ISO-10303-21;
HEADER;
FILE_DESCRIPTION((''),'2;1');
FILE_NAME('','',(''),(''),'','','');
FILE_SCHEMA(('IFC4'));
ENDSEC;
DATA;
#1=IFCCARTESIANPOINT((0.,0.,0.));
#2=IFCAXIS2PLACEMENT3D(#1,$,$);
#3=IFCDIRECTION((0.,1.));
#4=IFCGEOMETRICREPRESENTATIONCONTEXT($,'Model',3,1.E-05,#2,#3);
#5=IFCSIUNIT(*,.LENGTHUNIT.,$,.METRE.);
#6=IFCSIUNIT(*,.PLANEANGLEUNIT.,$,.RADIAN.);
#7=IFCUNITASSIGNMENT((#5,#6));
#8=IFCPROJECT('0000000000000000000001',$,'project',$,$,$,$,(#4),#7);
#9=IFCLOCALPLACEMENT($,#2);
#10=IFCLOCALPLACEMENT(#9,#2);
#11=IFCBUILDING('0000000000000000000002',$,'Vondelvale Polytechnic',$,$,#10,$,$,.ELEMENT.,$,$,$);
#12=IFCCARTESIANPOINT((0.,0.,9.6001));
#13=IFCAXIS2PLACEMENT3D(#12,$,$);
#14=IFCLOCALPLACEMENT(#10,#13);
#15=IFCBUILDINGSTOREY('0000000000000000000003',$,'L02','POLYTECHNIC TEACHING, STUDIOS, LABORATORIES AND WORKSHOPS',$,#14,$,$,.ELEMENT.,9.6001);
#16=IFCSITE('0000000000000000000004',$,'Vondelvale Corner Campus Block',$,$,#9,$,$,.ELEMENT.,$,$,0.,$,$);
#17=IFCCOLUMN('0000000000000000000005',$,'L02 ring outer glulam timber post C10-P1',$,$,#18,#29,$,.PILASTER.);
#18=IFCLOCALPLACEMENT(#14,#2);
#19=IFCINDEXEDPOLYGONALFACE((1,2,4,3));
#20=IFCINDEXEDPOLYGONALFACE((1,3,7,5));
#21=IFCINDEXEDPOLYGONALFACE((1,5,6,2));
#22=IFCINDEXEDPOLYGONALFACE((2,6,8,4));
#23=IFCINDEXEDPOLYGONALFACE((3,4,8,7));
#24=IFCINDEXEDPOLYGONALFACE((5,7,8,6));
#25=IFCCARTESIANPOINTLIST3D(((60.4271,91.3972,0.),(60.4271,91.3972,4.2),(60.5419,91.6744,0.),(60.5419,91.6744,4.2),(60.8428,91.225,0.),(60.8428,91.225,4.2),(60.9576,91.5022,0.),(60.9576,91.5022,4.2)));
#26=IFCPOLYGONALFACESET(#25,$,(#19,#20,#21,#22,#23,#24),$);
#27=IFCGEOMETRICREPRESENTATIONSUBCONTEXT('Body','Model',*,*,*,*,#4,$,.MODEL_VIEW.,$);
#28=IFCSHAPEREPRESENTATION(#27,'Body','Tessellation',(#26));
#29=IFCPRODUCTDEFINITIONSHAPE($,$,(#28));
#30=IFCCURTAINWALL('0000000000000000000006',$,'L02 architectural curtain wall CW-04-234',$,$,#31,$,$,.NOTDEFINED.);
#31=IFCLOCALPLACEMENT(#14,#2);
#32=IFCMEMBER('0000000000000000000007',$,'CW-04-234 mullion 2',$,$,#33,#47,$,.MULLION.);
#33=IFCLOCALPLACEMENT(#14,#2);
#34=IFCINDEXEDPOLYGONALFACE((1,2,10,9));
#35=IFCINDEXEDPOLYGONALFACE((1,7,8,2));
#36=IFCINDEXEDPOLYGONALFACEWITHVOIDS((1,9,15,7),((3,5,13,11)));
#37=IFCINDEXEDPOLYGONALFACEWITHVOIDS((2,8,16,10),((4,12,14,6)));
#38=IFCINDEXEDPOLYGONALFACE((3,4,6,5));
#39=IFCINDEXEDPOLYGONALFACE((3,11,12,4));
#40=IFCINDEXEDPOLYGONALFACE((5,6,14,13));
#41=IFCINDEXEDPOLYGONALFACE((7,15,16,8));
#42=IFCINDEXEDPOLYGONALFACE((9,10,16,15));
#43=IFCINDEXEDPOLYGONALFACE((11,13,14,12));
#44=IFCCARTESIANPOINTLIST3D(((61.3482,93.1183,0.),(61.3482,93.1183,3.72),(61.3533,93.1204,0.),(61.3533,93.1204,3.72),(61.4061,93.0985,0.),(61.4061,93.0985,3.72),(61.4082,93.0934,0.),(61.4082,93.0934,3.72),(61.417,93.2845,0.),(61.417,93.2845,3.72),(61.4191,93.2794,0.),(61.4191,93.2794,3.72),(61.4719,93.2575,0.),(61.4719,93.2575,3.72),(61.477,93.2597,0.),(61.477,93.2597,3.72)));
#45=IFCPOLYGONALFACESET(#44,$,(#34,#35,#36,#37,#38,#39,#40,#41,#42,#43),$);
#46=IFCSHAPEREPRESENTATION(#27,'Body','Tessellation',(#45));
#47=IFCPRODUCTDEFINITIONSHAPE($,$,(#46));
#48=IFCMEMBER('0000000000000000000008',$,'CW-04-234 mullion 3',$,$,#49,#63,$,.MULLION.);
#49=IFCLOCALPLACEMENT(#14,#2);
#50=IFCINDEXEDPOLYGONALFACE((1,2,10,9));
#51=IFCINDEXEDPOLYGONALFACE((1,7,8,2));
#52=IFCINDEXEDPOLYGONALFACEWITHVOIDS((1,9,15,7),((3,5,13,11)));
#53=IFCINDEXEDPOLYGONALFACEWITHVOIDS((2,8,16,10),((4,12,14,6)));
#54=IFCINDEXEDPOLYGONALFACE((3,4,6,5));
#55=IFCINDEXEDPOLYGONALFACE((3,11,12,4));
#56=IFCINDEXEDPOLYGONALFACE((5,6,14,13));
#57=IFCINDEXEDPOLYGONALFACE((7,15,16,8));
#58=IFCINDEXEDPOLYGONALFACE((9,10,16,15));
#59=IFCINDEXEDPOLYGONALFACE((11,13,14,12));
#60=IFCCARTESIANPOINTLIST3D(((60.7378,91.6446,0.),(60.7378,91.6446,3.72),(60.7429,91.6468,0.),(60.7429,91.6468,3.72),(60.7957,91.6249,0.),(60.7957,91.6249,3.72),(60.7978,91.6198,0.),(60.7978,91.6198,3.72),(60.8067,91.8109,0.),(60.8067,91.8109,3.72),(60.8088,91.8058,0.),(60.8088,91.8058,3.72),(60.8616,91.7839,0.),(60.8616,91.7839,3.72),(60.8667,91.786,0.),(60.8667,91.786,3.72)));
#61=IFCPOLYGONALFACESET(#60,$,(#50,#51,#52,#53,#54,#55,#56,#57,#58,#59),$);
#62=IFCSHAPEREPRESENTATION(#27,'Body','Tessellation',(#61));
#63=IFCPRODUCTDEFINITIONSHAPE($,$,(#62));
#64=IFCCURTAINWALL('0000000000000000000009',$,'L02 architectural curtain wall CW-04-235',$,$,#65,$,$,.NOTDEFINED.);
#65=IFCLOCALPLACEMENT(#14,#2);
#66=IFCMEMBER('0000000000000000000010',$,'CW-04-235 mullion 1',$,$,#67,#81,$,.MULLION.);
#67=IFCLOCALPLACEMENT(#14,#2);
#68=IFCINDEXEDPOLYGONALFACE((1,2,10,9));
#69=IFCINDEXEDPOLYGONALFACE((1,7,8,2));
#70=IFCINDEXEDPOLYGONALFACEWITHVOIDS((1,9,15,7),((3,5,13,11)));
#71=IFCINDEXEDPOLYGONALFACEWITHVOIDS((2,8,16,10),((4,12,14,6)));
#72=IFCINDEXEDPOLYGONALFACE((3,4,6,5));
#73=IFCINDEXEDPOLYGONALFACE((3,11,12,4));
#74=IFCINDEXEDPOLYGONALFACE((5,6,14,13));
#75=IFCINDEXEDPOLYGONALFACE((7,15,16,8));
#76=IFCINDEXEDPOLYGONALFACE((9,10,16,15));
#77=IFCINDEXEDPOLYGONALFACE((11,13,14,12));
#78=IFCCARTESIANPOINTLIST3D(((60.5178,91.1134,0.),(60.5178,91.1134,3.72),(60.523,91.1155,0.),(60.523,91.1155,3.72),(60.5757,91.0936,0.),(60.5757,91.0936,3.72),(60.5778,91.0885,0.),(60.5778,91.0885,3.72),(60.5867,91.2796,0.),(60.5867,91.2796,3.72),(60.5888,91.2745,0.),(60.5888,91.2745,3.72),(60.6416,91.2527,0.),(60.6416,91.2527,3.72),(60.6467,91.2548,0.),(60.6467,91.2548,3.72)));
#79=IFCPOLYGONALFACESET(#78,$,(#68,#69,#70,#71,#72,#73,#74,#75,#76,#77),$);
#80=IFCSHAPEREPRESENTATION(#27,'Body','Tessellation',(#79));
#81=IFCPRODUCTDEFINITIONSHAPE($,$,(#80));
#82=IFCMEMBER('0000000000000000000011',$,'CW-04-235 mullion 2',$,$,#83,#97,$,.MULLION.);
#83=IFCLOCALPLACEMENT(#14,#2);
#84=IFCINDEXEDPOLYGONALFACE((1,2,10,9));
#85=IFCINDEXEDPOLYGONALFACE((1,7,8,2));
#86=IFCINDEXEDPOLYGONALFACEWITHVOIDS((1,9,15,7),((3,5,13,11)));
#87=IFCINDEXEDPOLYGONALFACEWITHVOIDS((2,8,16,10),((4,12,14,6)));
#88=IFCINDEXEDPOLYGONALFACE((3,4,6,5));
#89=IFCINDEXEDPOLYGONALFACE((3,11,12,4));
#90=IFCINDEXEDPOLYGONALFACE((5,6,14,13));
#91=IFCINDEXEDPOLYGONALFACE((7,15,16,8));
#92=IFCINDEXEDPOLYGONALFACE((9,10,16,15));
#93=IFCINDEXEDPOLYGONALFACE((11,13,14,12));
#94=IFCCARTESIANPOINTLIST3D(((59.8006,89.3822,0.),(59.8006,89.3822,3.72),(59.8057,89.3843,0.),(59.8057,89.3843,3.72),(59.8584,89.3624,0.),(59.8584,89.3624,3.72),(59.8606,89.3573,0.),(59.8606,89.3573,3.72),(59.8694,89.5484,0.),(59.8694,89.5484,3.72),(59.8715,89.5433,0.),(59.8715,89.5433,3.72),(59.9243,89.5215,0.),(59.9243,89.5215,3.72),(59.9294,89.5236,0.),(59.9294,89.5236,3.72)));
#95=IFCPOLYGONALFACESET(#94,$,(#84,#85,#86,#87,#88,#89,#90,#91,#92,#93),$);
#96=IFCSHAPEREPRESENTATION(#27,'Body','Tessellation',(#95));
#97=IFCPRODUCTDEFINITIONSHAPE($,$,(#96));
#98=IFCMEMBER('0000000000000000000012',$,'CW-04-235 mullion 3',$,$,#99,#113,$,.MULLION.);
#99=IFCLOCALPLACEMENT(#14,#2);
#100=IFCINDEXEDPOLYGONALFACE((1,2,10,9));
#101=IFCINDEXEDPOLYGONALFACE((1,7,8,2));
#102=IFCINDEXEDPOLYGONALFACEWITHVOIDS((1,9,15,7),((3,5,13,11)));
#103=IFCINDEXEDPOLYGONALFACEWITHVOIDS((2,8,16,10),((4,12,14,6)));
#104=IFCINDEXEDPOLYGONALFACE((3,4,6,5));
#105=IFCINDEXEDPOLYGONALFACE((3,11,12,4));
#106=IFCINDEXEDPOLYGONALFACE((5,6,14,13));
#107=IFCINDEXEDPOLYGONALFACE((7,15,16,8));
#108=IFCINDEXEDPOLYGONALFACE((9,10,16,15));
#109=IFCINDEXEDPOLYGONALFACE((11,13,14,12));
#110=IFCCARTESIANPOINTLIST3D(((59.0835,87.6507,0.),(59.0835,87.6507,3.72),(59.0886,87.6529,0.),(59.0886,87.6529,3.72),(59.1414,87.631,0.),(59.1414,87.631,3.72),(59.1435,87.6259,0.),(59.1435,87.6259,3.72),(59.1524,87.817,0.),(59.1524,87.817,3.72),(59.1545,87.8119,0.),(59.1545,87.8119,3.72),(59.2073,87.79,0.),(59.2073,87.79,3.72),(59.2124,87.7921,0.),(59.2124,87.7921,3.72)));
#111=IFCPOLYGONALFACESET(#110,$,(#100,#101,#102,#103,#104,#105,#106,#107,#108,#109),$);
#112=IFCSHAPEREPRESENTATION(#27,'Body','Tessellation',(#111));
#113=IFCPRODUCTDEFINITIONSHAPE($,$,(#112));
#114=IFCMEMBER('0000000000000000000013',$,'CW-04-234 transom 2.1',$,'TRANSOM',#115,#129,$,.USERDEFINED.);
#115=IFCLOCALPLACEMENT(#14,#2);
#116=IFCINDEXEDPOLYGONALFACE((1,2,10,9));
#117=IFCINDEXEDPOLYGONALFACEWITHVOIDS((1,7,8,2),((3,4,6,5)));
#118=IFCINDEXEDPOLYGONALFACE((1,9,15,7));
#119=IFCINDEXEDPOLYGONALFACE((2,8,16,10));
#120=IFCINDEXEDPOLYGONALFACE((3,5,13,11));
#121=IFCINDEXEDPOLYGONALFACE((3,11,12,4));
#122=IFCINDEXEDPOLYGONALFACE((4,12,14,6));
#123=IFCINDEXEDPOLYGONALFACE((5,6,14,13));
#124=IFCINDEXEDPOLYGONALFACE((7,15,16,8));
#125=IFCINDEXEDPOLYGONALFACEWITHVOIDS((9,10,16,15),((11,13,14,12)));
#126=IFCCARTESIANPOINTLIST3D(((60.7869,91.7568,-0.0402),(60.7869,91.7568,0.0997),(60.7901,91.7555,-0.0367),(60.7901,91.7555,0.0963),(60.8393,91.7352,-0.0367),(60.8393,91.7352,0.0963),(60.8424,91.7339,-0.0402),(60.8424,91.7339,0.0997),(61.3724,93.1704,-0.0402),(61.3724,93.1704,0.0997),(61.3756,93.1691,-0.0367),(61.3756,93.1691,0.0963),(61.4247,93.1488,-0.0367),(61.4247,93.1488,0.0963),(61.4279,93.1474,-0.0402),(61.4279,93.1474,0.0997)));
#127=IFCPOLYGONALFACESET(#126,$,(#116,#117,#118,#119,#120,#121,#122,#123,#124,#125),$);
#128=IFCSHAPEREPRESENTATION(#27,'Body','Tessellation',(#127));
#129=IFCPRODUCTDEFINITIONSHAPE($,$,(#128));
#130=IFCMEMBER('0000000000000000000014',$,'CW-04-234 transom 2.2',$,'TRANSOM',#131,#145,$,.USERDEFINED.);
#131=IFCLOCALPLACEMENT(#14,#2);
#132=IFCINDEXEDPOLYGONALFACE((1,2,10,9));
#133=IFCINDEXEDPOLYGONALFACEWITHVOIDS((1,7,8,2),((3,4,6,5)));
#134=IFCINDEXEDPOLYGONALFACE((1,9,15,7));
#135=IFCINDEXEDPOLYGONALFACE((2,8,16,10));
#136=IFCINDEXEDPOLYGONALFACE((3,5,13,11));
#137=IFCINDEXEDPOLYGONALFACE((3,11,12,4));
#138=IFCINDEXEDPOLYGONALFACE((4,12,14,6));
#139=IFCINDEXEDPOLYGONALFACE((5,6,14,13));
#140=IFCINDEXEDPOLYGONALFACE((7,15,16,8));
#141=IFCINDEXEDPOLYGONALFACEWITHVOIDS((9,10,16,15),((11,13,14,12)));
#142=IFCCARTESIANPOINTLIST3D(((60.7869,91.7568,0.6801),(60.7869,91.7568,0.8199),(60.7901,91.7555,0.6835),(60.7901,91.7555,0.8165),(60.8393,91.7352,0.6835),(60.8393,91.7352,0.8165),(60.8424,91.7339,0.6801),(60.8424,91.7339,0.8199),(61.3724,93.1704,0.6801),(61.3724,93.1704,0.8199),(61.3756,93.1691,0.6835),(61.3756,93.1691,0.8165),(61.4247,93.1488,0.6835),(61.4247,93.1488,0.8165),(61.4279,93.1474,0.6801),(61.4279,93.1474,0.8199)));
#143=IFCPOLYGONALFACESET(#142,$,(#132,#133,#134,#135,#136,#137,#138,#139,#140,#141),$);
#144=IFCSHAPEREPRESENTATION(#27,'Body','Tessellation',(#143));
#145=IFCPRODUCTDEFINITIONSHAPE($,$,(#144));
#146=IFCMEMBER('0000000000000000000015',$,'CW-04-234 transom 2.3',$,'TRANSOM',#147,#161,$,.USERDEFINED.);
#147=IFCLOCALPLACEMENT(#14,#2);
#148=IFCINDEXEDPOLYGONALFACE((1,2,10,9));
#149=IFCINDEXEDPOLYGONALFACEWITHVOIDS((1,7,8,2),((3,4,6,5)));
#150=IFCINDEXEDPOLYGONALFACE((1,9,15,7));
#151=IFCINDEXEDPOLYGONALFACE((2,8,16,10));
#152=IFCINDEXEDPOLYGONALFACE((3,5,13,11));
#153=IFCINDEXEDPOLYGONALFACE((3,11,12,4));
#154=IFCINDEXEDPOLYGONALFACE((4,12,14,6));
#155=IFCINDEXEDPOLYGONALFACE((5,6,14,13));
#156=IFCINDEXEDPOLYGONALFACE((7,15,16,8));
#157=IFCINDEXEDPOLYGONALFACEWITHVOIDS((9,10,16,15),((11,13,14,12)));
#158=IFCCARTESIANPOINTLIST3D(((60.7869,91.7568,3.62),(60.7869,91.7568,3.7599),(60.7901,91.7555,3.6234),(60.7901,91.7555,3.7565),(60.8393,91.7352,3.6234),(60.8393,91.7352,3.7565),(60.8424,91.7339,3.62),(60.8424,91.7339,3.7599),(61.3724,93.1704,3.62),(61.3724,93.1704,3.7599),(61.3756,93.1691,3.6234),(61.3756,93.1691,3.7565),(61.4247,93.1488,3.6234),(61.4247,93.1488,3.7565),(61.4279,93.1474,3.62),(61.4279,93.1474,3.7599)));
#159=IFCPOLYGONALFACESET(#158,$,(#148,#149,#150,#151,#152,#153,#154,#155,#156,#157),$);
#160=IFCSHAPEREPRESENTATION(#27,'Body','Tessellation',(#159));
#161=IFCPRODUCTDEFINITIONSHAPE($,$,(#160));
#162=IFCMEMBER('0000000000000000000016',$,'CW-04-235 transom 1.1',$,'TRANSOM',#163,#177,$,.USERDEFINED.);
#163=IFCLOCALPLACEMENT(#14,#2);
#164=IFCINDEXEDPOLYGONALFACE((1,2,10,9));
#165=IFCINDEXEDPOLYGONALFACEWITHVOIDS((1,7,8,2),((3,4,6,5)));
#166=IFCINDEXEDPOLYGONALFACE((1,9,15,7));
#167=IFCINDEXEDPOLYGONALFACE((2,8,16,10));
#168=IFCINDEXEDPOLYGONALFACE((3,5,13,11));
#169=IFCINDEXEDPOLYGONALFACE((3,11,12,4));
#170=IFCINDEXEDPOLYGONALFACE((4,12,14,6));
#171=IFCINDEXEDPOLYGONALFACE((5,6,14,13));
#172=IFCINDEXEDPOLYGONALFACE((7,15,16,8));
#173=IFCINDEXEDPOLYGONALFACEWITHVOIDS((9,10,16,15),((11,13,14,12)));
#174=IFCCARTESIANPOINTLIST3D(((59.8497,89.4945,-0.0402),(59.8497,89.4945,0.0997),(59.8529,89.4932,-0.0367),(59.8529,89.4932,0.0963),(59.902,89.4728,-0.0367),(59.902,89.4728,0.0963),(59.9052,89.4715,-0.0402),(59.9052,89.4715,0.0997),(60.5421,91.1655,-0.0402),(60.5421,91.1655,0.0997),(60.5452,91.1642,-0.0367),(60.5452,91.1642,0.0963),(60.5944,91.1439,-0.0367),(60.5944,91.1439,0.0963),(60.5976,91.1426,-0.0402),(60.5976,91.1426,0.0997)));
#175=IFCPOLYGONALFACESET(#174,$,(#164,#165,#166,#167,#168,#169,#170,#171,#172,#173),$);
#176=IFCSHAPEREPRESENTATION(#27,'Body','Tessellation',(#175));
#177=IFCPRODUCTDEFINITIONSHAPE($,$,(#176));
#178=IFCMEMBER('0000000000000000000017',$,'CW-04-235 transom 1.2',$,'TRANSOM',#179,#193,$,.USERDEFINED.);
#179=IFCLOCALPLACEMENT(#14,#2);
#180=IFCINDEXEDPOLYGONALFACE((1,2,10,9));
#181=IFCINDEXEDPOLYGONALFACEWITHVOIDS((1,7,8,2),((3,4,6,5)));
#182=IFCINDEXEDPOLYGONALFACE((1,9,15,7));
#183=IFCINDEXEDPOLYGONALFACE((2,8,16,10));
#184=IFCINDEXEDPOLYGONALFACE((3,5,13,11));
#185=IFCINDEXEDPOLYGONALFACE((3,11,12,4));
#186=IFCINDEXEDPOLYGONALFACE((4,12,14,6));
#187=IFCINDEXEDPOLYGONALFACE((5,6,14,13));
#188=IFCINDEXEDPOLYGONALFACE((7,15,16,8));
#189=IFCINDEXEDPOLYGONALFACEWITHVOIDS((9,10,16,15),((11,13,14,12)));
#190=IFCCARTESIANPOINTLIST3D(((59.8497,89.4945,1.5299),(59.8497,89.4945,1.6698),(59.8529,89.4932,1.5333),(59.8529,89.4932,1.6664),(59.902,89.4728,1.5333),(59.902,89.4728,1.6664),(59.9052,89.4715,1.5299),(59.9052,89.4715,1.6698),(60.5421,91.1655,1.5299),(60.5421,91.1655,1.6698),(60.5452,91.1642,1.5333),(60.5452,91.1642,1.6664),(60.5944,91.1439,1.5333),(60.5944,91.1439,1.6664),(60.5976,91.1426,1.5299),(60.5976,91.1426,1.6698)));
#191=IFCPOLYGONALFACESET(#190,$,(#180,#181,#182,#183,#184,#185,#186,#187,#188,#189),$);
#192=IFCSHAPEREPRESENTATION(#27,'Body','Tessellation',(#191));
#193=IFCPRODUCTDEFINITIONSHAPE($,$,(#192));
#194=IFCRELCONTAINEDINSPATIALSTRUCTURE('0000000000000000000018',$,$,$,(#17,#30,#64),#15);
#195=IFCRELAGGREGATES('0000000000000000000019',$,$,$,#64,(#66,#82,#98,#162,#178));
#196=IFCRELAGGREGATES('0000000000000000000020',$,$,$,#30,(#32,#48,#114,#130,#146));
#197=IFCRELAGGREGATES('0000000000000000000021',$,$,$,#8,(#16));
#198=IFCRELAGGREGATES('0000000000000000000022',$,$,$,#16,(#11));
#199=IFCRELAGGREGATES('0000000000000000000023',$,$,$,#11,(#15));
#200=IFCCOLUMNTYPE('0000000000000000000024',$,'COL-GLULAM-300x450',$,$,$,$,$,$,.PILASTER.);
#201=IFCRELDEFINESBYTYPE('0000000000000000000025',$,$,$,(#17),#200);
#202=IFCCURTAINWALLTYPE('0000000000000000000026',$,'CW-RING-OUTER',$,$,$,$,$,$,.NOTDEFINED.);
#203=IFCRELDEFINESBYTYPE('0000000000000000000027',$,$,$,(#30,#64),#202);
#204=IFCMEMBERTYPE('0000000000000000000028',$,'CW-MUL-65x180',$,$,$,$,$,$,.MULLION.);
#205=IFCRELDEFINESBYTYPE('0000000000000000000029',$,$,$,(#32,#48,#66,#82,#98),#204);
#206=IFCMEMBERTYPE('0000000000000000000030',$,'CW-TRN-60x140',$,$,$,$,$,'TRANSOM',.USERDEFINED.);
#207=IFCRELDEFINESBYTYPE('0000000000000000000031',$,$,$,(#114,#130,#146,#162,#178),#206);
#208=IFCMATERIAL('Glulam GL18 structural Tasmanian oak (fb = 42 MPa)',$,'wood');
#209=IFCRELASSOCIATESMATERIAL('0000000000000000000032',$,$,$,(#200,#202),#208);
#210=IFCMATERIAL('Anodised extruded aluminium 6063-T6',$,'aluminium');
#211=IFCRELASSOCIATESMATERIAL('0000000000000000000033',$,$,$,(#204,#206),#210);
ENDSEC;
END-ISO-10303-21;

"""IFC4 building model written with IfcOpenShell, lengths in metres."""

from ifc_helpers import new_model, si_unit, direction, frame, origin, origin_2d, place, context, subcontext, project, spatial, rectangle, hollow_rectangle, extrude, material, material_profile, profile_set, type_object, element, aggregate, save


model = new_model("IFC4")

# Units and contexts
model_context = context("Model", 3, precision=1e-05, world=origin(), true_north=direction((0.0, 1.0)))
body_context = subcontext(model_context, "Body", "Model", "MODEL_VIEW")
ifc_project = project(units=[si_unit("LENGTHUNIT", "METRE"), si_unit("PLANEANGLEUNIT", "RADIAN")], contexts=[model_context])

# Site, building, storey
site_placement = place(None, origin())
site = spatial("IfcSite", under=ifc_project, at=site_placement, Name="Vondelvale Corner Campus Block", CompositionType="ELEMENT", RefElevation=0.0)
building_placement = place(site_placement, origin())
building = spatial("IfcBuilding", under=site, at=building_placement, Name="Vondelvale Polytechnic", CompositionType="ELEMENT")
storey_placement = place(building_placement, frame((0.0, 0.0, 9.6001)))
storey = spatial("IfcBuildingStorey", under=building, at=storey_placement, Name="L02", Description="POLYTECHNIC TEACHING, STUDIOS, LABORATORIES AND WORKSHOPS", CompositionType="ELEMENT", Elevation=9.6001)

# Column
ifc_material_1 = material(Name="Glulam GL18 structural Tasmanian oak (fb = 42 MPa)", Category="wood")
ifc_material_profile_1 = material_profile(ifc_material_1, rectangle(XDim=0.3, YDim=0.45, at=origin_2d()), Name="GL-POST-300x450")
ifc_profile_set_1 = profile_set([ifc_material_profile_1], Name="Glulam GL18 structural Tasmanian oak (fb = 42 MPa)")
column_type = type_object("IfcColumnType", Name="COL-GLULAM-300x450", PredefinedType="PILASTER", material=ifc_profile_set_1)
column_placement = place(storey_placement, frame((60.6924, 91.4497, 0.0), z_axis=(0.0, 0.0, 1.0), x_axis=(0.382683, 0.92388, 0.0)))
element("IfcColumn", 1, at=column_placement, inside=storey, type_object=column_type, Name="L02 ring outer glulam timber post C10-P1", PredefinedType="PILASTER", context=body_context, shape_type="SweptSolid", body=[
    extrude(rectangle(XDim=0.3, YDim=0.45, at=origin_2d()), origin(), (0.0, 0.0, 1.0), 4.2),
])

# Curtain walls, members
curtain_wall_type = type_object("IfcCurtainWallType", Name="CW-RING-OUTER", PredefinedType="NOTDEFINED", material=ifc_material_1)
curtain_wall_1_placement = place(storey_placement, origin())
curtain_wall_1 = element("IfcCurtainWall", 2, at=curtain_wall_1_placement, inside=storey, type_object=curtain_wall_type, Name="L02 architectural curtain wall CW-04-234", PredefinedType="NOTDEFINED")
ifc_material_2 = material(Name="Anodised extruded aluminium 6063-T6", Category="aluminium")
ifc_material_profile_2 = material_profile(ifc_material_2, hollow_rectangle(XDim=0.0649, YDim=0.1799, WallThickness=0.0039, at=origin_2d()), Name="CW-MUL-180x65")
ifc_profile_set_2 = profile_set([ifc_material_profile_2], Name="Anodised extruded aluminium 6063-T6")
member_type_1 = type_object("IfcMemberType", Name="CW-MUL-65x180", PredefinedType="MULLION", material=ifc_profile_set_2)
member_1_placement = place(storey_placement, frame((61.4126, 93.189, 0.0), z_axis=(0.0, 0.0, 1.0), x_axis=(0.923882, -0.382677, 0.0)))
member_1 = element("IfcMember", 3, at=member_1_placement, type_object=member_type_1, Name="CW-04-234 mullion 2", PredefinedType="MULLION", context=body_context, shape_type="SweptSolid", body=[
    extrude(hollow_rectangle(XDim=0.0649, YDim=0.1799, WallThickness=0.0039, at=origin_2d()), origin(), (0.0, 0.0, 1.0), 3.72),
])
member_2_placement = place(storey_placement, frame((60.8022, 91.7153, 0.0), z_axis=(0.0, 0.0, 1.0), x_axis=(0.923882, -0.382677, 0.0)))
member_2 = element("IfcMember", 4, at=member_2_placement, type_object=member_type_1, Name="CW-04-234 mullion 3", PredefinedType="MULLION", context=body_context, shape_type="SweptSolid", body=[
    extrude(hollow_rectangle(XDim=0.0649, YDim=0.1799, WallThickness=0.0039, at=origin_2d()), origin(), (0.0, 0.0, 1.0), 3.72),
])
curtain_wall_2_placement = place(storey_placement, origin())
curtain_wall_2 = element("IfcCurtainWall", 5, at=curtain_wall_2_placement, inside=storey, type_object=curtain_wall_type, Name="L02 architectural curtain wall CW-04-235", PredefinedType="NOTDEFINED")
member_3_placement = place(storey_placement, frame((60.5823, 91.1841, 0.0), z_axis=(0.0, 0.0, 1.0), x_axis=(0.923875, -0.382695, 0.0)))
member_3 = element("IfcMember", 6, at=member_3_placement, type_object=member_type_1, Name="CW-04-235 mullion 1", PredefinedType="MULLION", context=body_context, shape_type="SweptSolid", body=[
    extrude(hollow_rectangle(XDim=0.0649, YDim=0.1799, WallThickness=0.0039, at=origin_2d()), origin(), (0.0, 0.0, 1.0), 3.72),
])
member_4_placement = place(storey_placement, frame((59.865, 89.4529, 0.0), z_axis=(0.0, 0.0, 1.0), x_axis=(0.923875, -0.382695, 0.0)))
member_4 = element("IfcMember", 7, at=member_4_placement, type_object=member_type_1, Name="CW-04-235 mullion 2", PredefinedType="MULLION", context=body_context, shape_type="SweptSolid", body=[
    extrude(hollow_rectangle(XDim=0.0649, YDim=0.1799, WallThickness=0.0039, at=origin_2d()), origin(), (0.0, 0.0, 1.0), 3.72),
])
member_5_placement = place(storey_placement, frame((59.1479, 87.7214, 0.0), z_axis=(0.0, 0.0, 1.0), x_axis=(0.923875, -0.382695, 0.0)))
member_5 = element("IfcMember", 8, at=member_5_placement, type_object=member_type_1, Name="CW-04-235 mullion 3", PredefinedType="MULLION", context=body_context, shape_type="SweptSolid", body=[
    extrude(hollow_rectangle(XDim=0.0649, YDim=0.1799, WallThickness=0.0039, at=origin_2d()), origin(), (0.0, 0.0, 1.0), 3.72),
])

# Members
ifc_material_profile_3 = material_profile(ifc_material_2, hollow_rectangle(XDim=0.0601, YDim=0.1399, WallThickness=0.0034, at=origin_2d()), Name="CW-TRN-140x60")
ifc_profile_set_3 = profile_set([ifc_material_profile_3], Name="Anodised extruded aluminium 6063-T6")
member_type_2 = type_object("IfcMemberType", Name="CW-TRN-60x140", ElementType="TRANSOM", PredefinedType="USERDEFINED", material=ifc_profile_set_3)
member_6_placement = place(storey_placement, frame((61.4001, 93.1589, 0.0298), z_axis=(-0.382643, -0.923896, 0.0), x_axis=(0.923896, -0.382643, 0.0)))
member_6 = element("IfcMember", 9, at=member_6_placement, type_object=member_type_2, Name="CW-04-234 transom 2.1", ObjectType="TRANSOM", PredefinedType="USERDEFINED", context=body_context, shape_type="SweptSolid", body=[
    extrude(hollow_rectangle(XDim=0.0601, YDim=0.1399, WallThickness=0.0034, at=origin_2d()), origin(), (0.0, 0.0, 1.0), 1.53),
])
member_7_placement = place(storey_placement, frame((61.4001, 93.1589, 0.75), z_axis=(-0.382643, -0.923896, 0.0), x_axis=(0.923896, -0.382643, 0.0)))
member_7 = element("IfcMember", 10, at=member_7_placement, type_object=member_type_2, Name="CW-04-234 transom 2.2", ObjectType="TRANSOM", PredefinedType="USERDEFINED", context=body_context, shape_type="SweptSolid", body=[
    extrude(hollow_rectangle(XDim=0.0601, YDim=0.1399, WallThickness=0.0034, at=origin_2d()), origin(), (0.0, 0.0, 1.0), 1.53),
])
member_8_placement = place(storey_placement, frame((61.4001, 93.1589, 3.6899), z_axis=(-0.382643, -0.923896, 0.0), x_axis=(0.923896, -0.382643, 0.0)))
member_8 = element("IfcMember", 11, at=member_8_placement, type_object=member_type_2, Name="CW-04-234 transom 2.3", ObjectType="TRANSOM", PredefinedType="USERDEFINED", context=body_context, shape_type="SweptSolid", body=[
    extrude(hollow_rectangle(XDim=0.0601, YDim=0.1399, WallThickness=0.0034, at=origin_2d()), origin(), (0.0, 0.0, 1.0), 1.53),
])
member_9_placement = place(storey_placement, frame((60.5698, 91.1541, 0.0298), z_axis=(-0.382765, -0.923846, 0.0), x_axis=(0.923846, -0.382765, 0.0)))
member_9 = element("IfcMember", 12, at=member_9_placement, type_object=member_type_2, Name="CW-04-235 transom 1.1", ObjectType="TRANSOM", PredefinedType="USERDEFINED", context=body_context, shape_type="SweptSolid", body=[
    extrude(hollow_rectangle(XDim=0.0601, YDim=0.1399, WallThickness=0.0034, at=origin_2d()), origin(), (0.0, 0.0, 1.0), 1.8088),
])
member_10_placement = place(storey_placement, frame((60.5698, 91.1541, 1.5999), z_axis=(-0.382765, -0.923846, 0.0), x_axis=(0.923846, -0.382765, 0.0)))
member_10 = element("IfcMember", 13, at=member_10_placement, type_object=member_type_2, Name="CW-04-235 transom 1.2", ObjectType="TRANSOM", PredefinedType="USERDEFINED", context=body_context, shape_type="SweptSolid", body=[
    extrude(hollow_rectangle(XDim=0.0601, YDim=0.1399, WallThickness=0.0034, at=origin_2d()), origin(), (0.0, 0.0, 1.0), 1.8088),
])

aggregate(curtain_wall_2, [member_3, member_4, member_5, member_9, member_10])
aggregate(curtain_wall_1, [member_1, member_2, member_6, member_7, member_8])

save(model, "model.ifc")
